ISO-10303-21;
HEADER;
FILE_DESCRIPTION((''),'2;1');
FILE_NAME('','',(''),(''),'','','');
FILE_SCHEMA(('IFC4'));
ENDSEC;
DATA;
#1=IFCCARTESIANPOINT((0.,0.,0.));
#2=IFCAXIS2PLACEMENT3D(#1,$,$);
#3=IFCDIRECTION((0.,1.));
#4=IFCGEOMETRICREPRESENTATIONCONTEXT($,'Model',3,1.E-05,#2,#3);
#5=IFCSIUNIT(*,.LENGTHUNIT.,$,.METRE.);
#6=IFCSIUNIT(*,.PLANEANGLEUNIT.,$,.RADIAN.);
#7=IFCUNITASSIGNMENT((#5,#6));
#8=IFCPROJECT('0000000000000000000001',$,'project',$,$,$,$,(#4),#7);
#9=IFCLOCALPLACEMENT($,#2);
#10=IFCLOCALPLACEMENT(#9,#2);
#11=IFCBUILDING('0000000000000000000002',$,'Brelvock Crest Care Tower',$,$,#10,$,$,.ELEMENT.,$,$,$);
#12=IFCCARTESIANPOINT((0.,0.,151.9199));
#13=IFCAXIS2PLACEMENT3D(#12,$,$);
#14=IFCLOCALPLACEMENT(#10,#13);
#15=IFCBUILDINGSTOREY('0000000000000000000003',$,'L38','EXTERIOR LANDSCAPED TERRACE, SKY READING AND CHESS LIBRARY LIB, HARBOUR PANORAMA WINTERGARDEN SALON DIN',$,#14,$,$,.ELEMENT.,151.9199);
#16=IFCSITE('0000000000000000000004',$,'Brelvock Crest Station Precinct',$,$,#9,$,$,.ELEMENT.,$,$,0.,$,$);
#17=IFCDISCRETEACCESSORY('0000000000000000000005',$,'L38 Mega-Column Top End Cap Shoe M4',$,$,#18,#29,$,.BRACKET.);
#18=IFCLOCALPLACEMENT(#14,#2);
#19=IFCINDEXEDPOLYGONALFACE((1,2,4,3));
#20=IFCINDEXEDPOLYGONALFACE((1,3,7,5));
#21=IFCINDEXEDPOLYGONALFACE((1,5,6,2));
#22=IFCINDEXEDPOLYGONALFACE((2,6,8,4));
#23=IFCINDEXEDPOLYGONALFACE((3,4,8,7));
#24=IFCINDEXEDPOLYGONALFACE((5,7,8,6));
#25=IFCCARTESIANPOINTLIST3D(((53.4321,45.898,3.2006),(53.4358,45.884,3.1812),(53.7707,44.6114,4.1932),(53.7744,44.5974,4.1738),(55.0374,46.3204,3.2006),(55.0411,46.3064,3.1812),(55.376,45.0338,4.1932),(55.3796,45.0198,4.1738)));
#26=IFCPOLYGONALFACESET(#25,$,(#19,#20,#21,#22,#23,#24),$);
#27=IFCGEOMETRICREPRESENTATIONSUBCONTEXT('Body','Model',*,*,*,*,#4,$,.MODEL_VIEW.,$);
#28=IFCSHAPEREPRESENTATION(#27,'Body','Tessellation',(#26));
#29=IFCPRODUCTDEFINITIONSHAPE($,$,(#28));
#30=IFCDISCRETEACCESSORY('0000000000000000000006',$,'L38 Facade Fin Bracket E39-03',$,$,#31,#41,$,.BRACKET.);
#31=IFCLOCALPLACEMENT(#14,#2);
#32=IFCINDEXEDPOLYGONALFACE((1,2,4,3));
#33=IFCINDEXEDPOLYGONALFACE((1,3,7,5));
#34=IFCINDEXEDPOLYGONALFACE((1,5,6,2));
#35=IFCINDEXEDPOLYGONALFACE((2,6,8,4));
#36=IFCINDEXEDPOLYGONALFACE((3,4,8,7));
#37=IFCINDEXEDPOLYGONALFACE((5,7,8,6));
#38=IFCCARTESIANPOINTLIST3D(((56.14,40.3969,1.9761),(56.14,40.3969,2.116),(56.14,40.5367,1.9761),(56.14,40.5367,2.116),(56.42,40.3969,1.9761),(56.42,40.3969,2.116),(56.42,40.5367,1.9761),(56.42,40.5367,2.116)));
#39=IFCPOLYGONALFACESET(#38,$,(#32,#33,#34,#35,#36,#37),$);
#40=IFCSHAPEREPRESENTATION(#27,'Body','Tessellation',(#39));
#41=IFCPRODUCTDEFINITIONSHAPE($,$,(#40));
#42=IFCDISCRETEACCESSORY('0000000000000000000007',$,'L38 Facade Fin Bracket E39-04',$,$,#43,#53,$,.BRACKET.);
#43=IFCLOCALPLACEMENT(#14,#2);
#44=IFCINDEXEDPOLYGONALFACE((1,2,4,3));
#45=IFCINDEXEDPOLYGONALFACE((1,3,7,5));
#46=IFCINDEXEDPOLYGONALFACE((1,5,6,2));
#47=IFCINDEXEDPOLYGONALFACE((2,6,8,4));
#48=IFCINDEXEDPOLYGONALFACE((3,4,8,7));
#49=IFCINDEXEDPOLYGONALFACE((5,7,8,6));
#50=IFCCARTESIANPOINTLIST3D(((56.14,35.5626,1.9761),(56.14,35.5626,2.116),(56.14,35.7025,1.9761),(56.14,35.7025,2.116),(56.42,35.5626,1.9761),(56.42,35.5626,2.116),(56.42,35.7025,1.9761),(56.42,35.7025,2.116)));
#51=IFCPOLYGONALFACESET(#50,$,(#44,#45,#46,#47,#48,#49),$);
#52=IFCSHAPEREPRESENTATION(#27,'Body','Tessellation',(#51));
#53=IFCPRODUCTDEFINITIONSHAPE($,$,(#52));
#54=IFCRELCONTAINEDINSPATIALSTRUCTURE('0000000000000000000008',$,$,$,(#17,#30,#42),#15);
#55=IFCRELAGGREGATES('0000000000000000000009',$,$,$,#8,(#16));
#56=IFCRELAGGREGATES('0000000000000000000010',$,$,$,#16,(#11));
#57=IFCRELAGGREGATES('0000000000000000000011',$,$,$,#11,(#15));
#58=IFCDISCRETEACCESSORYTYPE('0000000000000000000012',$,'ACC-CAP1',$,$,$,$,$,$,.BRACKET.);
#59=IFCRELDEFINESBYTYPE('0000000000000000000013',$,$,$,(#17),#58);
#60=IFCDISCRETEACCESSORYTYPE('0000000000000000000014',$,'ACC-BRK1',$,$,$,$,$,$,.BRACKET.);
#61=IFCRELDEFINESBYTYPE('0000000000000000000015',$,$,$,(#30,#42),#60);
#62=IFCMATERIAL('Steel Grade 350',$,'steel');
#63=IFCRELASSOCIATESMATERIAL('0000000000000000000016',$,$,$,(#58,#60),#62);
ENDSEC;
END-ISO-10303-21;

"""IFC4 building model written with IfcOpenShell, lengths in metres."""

from ifc_helpers import new_model, si_unit, direction, frame, origin, origin_2d, place, context, subcontext, project, spatial, rectangle, extrude, source, transform, mapped, material, material_profile, profile_set, type_object, element, save


model = new_model("IFC4")

# Units and contexts
model_context = context("Model", 3, precision=1e-05, world=origin(), true_north=direction((0.0, 1.0)))
body_context = subcontext(model_context, "Body", "Model", "MODEL_VIEW")
ifc_project = project(units=[si_unit("LENGTHUNIT", "METRE"), si_unit("PLANEANGLEUNIT", "RADIAN")], contexts=[model_context])

# Site, building, storey
site_placement = place(None, origin())
site = spatial("IfcSite", under=ifc_project, at=site_placement, Name="Brelvock Crest Station Precinct", CompositionType="ELEMENT", RefElevation=0.0)
building_placement = place(site_placement, origin())
building = spatial("IfcBuilding", under=site, at=building_placement, Name="Brelvock Crest Care Tower", CompositionType="ELEMENT")
storey_placement = place(building_placement, frame((0.0, 0.0, 151.9199)))
storey = spatial("IfcBuildingStorey", under=building, at=storey_placement, Name="L38", Description="EXTERIOR LANDSCAPED TERRACE, SKY READING AND CHESS LIBRARY LIB, HARBOUR PANORAMA WINTERGARDEN SALON DIN", CompositionType="ELEMENT", Elevation=151.9199)

# Shared definitions
ifc_material_1 = material(Name="Steel Grade 350", Category="steel")

# Discrete accessories
ifc_material_profile_1 = material_profile(ifc_material_1, rectangle(XDim=1.6599, YDim=1.6599, at=origin_2d()), Name="ACC-CAP1")
ifc_profile_set_1 = profile_set([ifc_material_profile_1], Name="Steel Grade 350")
discrete_accessory_type_1 = type_object("IfcDiscreteAccessoryType", Name="ACC-CAP1", PredefinedType="BRACKET", material=ifc_profile_set_1)
shared_shape_1 = source(origin(), body_context, "Body", "SweptSolid", [
    extrude(rectangle(XDim=1.6599, YDim=1.6599, at=origin_2d()), origin(), (0.0, 0.0, 1.0), 0.0242),
])
discrete_accessory_placement = place(storey_placement, frame((54.4077, 45.4519, 3.6775), z_axis=(-0.152184, 0.5783, 0.801504), x_axis=(-0.967075, -0.254493, 0.0)))
element("IfcDiscreteAccessory", 1, at=discrete_accessory_placement, inside=storey, type_object=discrete_accessory_type_1, Name="L38 Mega-Column Top End Cap Shoe M4", PredefinedType="BRACKET", context=body_context, shape_type="MappedRepresentation", body=[
    mapped(shared_shape_1, transform((0.0, 0.0, 0.0), x_axis=(1.0, 0.0, 0.0), y_axis=(0.0, 1.0, 0.0), z_axis=(0.0, 0.0, 1.0), scale=1.0)),
])
discrete_accessory_type_2 = type_object("IfcDiscreteAccessoryType", Name="ACC-BRK1", PredefinedType="BRACKET", material=ifc_material_1)
shared_shape_2 = source(origin(), body_context, "Body", "SweptSolid", [
    extrude(rectangle(XDim=0.28, YDim=0.1399, at=origin_2d()), origin(), (0.0, 0.0, 1.0), 0.1399),
])
for number, where, z_axis, x_axis, name in (
    (2, (56.28, 40.4668, 1.9761), (0.0, 0.0, 1.0), (1.0, 0.0, 0.0), "L38 Facade Fin Bracket E39-03"),
    (3, (56.28, 35.6326, 1.9761), (0.0, 0.0, 1.0), (1.0, 0.0, 0.0), "L38 Facade Fin Bracket E39-04"),
):
    element("IfcDiscreteAccessory", number, at=place(storey_placement, frame(where, z_axis=z_axis, x_axis=x_axis)), inside=storey, type_object=discrete_accessory_type_2, Name=name, PredefinedType="BRACKET", context=body_context, shape_type="MappedRepresentation", body=[
        mapped(shared_shape_2, transform((0.0, 0.0, 0.0), x_axis=(1.0, 0.0, 0.0), y_axis=(0.0, 1.0, 0.0), z_axis=(0.0, 0.0, 1.0), scale=1.0)),
    ])

save(model, "model.ifc")
